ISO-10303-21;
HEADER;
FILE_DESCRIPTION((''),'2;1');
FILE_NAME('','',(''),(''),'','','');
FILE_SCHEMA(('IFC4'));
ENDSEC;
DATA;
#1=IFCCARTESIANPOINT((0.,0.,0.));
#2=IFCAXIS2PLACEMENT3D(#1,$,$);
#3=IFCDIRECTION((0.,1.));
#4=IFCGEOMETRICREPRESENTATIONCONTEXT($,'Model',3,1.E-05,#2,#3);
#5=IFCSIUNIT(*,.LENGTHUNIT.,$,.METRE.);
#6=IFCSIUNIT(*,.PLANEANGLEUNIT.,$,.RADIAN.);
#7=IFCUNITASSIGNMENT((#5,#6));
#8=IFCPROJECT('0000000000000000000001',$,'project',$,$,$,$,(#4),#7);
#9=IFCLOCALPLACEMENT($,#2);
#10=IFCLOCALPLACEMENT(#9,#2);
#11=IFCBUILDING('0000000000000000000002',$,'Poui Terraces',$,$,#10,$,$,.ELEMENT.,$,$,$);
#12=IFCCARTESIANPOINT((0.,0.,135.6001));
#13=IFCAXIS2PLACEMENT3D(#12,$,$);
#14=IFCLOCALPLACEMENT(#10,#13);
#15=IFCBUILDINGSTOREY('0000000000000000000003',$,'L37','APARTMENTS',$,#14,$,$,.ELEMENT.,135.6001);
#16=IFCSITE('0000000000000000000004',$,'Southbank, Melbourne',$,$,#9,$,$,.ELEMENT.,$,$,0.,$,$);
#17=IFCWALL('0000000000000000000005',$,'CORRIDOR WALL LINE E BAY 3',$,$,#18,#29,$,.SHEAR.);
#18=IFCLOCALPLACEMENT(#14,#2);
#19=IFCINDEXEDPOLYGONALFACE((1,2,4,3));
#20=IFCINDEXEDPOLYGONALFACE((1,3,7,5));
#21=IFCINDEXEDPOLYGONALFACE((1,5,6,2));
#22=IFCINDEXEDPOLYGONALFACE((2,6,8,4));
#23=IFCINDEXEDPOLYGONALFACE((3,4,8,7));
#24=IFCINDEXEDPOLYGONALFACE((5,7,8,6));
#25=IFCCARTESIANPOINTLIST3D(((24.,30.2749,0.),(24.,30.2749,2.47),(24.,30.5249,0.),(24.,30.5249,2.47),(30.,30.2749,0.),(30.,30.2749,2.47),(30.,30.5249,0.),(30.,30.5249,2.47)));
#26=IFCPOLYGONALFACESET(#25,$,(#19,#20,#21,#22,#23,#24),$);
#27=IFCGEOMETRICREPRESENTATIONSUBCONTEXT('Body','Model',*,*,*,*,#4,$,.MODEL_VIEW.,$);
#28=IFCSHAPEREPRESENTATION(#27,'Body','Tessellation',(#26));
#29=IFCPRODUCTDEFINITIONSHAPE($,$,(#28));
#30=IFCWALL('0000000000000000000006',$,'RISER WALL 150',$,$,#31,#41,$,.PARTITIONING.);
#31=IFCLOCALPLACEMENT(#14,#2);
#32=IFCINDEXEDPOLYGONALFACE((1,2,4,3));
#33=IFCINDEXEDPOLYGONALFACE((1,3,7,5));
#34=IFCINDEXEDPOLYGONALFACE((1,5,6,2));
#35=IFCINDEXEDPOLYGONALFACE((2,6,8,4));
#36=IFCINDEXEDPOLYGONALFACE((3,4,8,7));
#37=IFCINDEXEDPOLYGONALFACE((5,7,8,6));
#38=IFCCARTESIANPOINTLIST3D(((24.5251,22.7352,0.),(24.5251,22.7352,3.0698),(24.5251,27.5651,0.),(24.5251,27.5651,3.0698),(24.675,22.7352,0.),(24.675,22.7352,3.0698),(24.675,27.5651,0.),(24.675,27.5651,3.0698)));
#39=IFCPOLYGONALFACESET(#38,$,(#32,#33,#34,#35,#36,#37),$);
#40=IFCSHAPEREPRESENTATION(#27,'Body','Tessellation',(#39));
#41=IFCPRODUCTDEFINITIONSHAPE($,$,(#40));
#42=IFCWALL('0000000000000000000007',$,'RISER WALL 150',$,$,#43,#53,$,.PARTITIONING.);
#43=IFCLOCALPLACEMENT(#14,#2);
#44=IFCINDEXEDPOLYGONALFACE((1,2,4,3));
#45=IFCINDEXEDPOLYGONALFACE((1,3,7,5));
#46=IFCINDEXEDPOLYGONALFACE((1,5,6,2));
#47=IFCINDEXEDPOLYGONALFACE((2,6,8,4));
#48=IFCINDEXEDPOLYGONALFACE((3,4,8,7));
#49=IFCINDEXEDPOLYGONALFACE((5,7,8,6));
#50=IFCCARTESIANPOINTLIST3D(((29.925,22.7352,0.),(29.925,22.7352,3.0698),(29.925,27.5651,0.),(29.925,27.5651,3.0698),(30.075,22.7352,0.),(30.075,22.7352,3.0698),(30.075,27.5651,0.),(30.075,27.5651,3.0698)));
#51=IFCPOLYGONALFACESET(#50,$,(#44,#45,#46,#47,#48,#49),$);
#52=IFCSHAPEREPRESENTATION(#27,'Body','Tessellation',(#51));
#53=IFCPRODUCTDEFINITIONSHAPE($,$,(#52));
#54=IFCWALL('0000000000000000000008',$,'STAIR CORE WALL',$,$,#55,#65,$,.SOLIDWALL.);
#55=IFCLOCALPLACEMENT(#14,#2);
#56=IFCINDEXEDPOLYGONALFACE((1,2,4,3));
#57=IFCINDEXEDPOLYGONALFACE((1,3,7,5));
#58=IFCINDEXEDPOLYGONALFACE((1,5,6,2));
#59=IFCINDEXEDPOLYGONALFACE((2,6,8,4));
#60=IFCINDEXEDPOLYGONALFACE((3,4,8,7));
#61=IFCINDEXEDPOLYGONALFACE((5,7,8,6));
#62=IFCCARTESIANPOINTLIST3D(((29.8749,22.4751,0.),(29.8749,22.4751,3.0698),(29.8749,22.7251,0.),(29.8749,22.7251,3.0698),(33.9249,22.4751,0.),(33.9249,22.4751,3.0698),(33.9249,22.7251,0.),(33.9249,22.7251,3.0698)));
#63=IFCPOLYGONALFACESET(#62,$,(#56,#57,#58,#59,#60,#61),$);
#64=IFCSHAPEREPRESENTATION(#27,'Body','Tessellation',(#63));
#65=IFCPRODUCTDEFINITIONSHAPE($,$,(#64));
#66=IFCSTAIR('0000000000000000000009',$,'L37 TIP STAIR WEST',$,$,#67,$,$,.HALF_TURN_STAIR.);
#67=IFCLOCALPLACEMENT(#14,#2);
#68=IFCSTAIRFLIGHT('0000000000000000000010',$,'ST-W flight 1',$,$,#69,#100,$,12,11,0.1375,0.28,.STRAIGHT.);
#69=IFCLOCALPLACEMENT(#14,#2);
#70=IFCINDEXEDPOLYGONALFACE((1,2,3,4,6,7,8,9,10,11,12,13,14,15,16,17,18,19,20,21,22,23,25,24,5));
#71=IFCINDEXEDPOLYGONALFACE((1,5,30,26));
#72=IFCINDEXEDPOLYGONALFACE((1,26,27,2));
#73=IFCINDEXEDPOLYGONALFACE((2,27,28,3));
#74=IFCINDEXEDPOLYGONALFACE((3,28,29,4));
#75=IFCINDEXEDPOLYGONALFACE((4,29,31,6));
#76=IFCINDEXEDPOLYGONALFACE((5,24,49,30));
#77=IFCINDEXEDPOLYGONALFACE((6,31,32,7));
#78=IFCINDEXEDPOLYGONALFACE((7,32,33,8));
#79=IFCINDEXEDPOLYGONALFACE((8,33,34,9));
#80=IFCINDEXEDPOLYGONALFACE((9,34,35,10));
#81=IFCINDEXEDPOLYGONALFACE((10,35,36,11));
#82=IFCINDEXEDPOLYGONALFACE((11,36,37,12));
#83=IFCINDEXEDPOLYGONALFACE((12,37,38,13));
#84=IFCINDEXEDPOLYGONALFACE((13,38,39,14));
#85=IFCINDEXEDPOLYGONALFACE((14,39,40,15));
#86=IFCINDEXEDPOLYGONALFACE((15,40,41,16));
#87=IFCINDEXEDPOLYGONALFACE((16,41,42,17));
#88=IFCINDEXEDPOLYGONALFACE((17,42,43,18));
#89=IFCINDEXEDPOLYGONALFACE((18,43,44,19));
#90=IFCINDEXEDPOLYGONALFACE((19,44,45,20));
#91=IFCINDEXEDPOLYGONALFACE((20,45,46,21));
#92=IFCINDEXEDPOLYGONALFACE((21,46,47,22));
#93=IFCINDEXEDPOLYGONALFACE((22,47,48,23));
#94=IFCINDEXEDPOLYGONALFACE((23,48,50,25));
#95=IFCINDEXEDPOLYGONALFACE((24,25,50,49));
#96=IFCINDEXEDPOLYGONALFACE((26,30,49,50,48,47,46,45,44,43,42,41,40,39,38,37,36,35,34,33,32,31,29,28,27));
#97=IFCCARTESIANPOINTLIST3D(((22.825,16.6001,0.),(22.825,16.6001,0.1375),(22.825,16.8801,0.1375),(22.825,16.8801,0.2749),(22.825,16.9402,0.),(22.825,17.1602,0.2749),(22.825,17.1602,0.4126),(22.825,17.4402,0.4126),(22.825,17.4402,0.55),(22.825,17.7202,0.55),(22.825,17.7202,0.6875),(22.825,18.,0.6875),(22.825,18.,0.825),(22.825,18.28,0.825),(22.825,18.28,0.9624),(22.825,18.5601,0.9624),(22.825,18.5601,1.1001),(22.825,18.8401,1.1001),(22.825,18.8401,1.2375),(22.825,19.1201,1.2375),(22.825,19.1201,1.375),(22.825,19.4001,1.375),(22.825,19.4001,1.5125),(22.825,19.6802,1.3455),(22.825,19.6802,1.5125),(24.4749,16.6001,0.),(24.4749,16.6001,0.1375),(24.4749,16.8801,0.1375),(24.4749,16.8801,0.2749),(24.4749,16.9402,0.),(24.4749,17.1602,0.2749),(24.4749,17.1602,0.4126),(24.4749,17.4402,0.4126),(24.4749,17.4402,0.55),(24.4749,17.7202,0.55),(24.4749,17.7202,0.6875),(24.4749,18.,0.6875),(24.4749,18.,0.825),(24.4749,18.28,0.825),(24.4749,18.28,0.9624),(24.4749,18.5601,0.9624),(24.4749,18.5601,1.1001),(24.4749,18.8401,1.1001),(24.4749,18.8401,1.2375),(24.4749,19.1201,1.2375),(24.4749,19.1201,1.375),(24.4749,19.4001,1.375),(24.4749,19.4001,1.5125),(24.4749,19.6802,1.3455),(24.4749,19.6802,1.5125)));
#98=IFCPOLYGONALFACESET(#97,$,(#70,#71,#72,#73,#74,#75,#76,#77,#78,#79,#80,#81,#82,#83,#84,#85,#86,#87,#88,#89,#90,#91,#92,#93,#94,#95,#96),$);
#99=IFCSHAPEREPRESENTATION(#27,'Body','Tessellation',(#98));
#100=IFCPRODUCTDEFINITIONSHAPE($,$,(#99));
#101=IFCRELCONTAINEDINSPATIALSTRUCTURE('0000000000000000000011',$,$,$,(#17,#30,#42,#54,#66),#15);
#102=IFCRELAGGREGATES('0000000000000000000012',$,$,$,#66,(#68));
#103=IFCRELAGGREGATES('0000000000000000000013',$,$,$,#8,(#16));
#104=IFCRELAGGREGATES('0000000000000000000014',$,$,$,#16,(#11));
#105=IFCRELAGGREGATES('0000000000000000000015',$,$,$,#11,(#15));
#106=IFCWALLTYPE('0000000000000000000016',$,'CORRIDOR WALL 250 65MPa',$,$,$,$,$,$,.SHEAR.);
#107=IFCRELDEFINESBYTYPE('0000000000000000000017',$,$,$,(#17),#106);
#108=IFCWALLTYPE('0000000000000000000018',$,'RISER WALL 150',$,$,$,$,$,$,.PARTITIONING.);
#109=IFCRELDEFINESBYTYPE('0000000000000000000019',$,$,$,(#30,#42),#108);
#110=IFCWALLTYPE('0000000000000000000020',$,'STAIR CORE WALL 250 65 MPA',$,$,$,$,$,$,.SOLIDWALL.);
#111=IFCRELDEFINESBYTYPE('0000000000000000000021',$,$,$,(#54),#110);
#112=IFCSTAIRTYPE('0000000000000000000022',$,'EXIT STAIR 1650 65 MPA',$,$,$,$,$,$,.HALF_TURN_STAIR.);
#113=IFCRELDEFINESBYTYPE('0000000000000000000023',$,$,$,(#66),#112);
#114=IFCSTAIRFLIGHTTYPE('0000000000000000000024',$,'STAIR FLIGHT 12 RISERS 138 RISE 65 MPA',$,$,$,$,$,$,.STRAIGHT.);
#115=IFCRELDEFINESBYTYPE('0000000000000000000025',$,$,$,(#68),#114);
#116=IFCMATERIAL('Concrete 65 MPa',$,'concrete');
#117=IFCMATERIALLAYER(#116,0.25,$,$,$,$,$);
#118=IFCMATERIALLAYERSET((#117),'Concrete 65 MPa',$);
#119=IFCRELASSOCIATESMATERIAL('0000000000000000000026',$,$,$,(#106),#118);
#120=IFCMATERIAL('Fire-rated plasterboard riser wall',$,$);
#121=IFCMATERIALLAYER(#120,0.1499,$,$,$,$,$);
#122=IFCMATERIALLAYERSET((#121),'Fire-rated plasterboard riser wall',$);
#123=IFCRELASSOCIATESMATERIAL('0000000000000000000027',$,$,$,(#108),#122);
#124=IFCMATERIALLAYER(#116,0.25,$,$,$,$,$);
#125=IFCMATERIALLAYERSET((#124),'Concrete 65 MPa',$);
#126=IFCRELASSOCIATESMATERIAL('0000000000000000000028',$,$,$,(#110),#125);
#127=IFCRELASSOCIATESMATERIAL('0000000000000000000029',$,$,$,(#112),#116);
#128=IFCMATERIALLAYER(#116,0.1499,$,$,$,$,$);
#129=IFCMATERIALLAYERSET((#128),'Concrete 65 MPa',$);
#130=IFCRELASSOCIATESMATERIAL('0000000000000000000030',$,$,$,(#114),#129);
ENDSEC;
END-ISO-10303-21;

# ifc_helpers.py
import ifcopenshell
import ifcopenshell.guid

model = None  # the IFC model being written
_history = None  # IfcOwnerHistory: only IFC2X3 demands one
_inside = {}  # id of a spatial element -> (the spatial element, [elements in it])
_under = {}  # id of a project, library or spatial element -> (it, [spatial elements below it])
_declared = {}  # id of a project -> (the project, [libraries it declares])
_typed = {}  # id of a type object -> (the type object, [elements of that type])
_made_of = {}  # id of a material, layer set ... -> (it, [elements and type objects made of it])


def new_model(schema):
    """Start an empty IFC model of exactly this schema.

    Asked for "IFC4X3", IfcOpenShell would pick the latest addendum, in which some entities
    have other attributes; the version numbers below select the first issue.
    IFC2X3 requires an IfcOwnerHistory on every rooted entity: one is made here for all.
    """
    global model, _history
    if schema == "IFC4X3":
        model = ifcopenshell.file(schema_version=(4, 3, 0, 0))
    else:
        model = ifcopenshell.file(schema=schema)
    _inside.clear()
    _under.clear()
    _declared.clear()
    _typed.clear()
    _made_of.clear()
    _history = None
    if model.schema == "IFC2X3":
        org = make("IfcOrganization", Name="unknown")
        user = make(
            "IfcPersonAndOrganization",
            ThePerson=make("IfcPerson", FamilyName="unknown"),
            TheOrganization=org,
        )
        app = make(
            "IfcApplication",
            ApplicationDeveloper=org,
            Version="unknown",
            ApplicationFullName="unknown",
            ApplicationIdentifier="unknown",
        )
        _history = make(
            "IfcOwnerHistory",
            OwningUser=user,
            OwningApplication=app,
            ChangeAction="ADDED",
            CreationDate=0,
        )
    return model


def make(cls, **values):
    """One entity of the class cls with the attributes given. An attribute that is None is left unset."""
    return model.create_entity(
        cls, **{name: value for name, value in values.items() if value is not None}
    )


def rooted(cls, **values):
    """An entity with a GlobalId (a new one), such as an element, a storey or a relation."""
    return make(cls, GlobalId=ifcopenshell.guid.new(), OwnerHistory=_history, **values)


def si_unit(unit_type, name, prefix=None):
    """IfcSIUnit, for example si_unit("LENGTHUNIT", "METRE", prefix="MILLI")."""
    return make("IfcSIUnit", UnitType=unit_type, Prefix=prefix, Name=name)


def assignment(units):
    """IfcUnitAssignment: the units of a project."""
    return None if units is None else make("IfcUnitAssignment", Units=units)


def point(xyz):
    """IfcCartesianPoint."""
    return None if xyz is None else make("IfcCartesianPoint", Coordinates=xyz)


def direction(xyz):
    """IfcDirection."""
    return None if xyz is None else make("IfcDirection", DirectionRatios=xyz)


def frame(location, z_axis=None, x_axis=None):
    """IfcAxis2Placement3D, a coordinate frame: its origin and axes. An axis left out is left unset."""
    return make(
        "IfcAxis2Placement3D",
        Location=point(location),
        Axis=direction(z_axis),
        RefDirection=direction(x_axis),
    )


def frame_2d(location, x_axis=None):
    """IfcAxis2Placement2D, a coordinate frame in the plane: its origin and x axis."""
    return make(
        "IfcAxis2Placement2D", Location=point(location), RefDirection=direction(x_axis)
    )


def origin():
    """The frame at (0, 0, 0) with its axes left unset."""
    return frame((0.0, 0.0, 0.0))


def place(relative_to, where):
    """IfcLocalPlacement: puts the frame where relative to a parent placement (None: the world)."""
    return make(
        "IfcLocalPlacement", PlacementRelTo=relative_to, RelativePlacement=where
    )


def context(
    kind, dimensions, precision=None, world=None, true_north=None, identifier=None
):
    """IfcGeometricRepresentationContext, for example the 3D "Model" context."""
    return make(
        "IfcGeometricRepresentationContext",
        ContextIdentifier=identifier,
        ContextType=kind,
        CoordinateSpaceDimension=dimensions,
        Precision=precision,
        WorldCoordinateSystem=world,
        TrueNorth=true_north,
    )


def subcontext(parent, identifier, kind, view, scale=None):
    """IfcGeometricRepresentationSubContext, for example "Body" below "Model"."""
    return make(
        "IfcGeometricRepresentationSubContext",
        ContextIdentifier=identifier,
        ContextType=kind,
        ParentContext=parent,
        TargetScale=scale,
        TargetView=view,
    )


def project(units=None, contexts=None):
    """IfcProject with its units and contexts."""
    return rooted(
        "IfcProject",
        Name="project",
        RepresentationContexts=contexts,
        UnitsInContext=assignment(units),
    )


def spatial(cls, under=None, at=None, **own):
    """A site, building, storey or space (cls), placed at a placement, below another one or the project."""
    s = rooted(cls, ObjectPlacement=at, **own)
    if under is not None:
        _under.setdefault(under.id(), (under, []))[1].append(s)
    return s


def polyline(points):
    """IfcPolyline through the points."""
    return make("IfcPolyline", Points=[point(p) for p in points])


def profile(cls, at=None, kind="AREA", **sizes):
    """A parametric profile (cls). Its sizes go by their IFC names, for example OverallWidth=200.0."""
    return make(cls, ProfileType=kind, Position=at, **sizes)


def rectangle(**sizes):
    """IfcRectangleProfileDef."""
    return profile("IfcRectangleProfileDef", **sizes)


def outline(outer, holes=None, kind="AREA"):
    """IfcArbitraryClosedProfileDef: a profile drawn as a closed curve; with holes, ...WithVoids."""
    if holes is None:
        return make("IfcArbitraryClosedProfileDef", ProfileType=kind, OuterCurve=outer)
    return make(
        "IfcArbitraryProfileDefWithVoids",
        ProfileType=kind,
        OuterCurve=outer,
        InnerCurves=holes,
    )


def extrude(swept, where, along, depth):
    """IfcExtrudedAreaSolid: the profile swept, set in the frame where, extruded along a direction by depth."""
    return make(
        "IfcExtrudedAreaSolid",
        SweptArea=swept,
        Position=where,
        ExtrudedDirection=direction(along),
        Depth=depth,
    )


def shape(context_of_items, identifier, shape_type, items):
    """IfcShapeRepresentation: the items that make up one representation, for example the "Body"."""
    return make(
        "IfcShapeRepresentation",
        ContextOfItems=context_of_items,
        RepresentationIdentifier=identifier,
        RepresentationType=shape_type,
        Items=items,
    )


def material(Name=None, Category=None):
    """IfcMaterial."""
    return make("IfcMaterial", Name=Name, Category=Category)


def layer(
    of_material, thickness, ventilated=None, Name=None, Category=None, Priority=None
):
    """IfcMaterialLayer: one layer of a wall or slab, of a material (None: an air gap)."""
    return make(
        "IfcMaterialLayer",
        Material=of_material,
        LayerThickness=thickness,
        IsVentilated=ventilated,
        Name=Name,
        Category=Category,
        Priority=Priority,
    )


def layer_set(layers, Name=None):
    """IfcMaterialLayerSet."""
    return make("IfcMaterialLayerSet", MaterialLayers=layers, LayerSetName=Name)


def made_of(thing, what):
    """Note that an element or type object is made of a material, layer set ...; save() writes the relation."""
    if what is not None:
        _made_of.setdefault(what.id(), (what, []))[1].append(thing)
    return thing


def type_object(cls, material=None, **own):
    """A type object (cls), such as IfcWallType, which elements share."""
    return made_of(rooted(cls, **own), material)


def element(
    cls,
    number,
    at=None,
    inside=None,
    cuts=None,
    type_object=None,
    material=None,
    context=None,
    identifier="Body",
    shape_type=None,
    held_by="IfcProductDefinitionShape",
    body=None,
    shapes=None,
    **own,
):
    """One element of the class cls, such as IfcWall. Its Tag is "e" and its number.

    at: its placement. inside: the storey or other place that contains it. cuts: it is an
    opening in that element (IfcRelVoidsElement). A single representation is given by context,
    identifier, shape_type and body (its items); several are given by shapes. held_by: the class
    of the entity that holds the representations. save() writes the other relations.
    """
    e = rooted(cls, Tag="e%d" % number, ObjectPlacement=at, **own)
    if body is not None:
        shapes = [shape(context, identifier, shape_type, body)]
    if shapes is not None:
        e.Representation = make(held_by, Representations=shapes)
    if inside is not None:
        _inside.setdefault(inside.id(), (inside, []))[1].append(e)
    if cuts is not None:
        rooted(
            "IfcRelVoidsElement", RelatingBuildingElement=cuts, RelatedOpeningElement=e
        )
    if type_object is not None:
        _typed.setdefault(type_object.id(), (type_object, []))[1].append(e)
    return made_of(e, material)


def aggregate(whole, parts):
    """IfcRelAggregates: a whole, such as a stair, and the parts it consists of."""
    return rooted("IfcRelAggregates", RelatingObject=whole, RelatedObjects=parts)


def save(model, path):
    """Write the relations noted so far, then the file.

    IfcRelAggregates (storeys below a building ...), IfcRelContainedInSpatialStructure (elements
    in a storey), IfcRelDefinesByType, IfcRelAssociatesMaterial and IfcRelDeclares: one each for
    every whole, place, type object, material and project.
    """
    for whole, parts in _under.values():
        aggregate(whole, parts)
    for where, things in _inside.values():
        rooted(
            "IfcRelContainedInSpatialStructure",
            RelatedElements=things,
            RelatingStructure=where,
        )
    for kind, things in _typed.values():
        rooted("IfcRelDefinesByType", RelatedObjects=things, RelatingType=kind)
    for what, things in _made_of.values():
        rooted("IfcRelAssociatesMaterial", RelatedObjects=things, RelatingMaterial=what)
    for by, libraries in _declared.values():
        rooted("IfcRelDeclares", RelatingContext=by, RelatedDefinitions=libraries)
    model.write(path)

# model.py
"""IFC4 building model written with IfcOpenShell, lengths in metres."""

from ifc_helpers import new_model, si_unit, direction, frame, frame_2d, origin, place, context, subcontext, project, spatial, polyline, rectangle, outline, extrude, material, layer, layer_set, type_object, element, aggregate, save


model = new_model("IFC4")

# Units and contexts
model_context = context("Model", 3, precision=1e-05, world=origin(), true_north=direction((0.0, 1.0)))
body_context = subcontext(model_context, "Body", "Model", "MODEL_VIEW")
ifc_project = project(units=[si_unit("LENGTHUNIT", "METRE"), si_unit("PLANEANGLEUNIT", "RADIAN")], contexts=[model_context])

# Site, building, storey
site_placement = place(None, origin())
site = spatial("IfcSite", under=ifc_project, at=site_placement, Name="Southbank, Melbourne", CompositionType="ELEMENT", RefElevation=0.0)
building_placement = place(site_placement, origin())
building = spatial("IfcBuilding", under=site, at=building_placement, Name="Poui Terraces", CompositionType="ELEMENT")
storey_placement = place(building_placement, frame((0.0, 0.0, 135.6001)))
storey = spatial("IfcBuildingStorey", under=building, at=storey_placement, Name="L37", Description="APARTMENTS", CompositionType="ELEMENT", Elevation=135.6001)

# Walls
ifc_material_1 = material(Name="Concrete 65 MPa", Category="concrete")
ifc_layer_1 = layer(ifc_material_1, 0.25)
ifc_layer_set_1 = layer_set([ifc_layer_1], Name="Concrete 65 MPa")
wall_type_1 = type_object("IfcWallType", Name="CORRIDOR WALL 250 65MPa", PredefinedType="SHEAR", material=ifc_layer_set_1)
wall_1_placement = place(storey_placement, frame((24.0, 30.3999, 0.0), z_axis=(0.0, 0.0, 1.0), x_axis=(1.0, 0.0, 0.0)))
element("IfcWall", 1, at=wall_1_placement, inside=storey, type_object=wall_type_1, Name="CORRIDOR WALL LINE E BAY 3", PredefinedType="SHEAR", context=body_context, shape_type="SweptSolid", body=[
    extrude(rectangle(XDim=6.0, YDim=0.25, at=frame_2d((3.0, 0.0))), origin(), (0.0, 0.0, 1.0), 2.47),
])
ifc_material_2 = material(Name="Fire-rated plasterboard riser wall")
ifc_layer_2 = layer(ifc_material_2, 0.1499)
ifc_layer_set_2 = layer_set([ifc_layer_2], Name="Fire-rated plasterboard riser wall")
wall_type_2 = type_object("IfcWallType", Name="RISER WALL 150", PredefinedType="PARTITIONING", material=ifc_layer_set_2)
for number, where, z_axis, x_axis, name in (
    (2, (24.6001, 22.7351, 0.0), (0.0, 0.0, 1.0), (0.0, 1.0, 0.0), "RISER WALL 150"),
    (3, (30.0, 22.7351, 0.0), (0.0, 0.0, 1.0), (0.0, 1.0, 0.0), "RISER WALL 150"),
):
    element("IfcWall", number, at=place(storey_placement, frame(where, z_axis=z_axis, x_axis=x_axis)), inside=storey, type_object=wall_type_2, Name=name, PredefinedType="PARTITIONING", context=body_context, shape_type="SweptSolid", body=[
        extrude(rectangle(XDim=4.8298, YDim=0.1499, at=frame_2d((2.415, 0.0))), origin(), (0.0, 0.0, 1.0), 3.0698),
    ])
ifc_layer_3 = layer(ifc_material_1, 0.25)
ifc_layer_set_3 = layer_set([ifc_layer_3], Name="Concrete 65 MPa")
wall_type_3 = type_object("IfcWallType", Name="STAIR CORE WALL 250 65 MPA", PredefinedType="SOLIDWALL", material=ifc_layer_set_3)
wall_2_placement = place(storey_placement, frame((29.875, 22.6001, 0.0), z_axis=(0.0, 0.0, 1.0), x_axis=(1.0, 0.0, 0.0)))
element("IfcWall", 4, at=wall_2_placement, inside=storey, type_object=wall_type_3, Name="STAIR CORE WALL", PredefinedType="SOLIDWALL", context=body_context, shape_type="SweptSolid", body=[
    extrude(rectangle(XDim=4.05, YDim=0.25, at=frame_2d((2.0249, 0.0))), origin(), (0.0, 0.0, 1.0), 3.0698),
])

# Stair, stair flight
stair_type = type_object("IfcStairType", Name="EXIT STAIR 1650 65 MPA", PredefinedType="HALF_TURN_STAIR", material=ifc_material_1)
stair_placement = place(storey_placement, origin())
stair = element("IfcStair", 5, at=stair_placement, inside=storey, type_object=stair_type, Name="L37 TIP STAIR WEST", PredefinedType="HALF_TURN_STAIR")
ifc_layer_4 = layer(ifc_material_1, 0.1499)
ifc_layer_set_4 = layer_set([ifc_layer_4], Name="Concrete 65 MPa")
stair_flight_type = type_object("IfcStairFlightType", Name="STAIR FLIGHT 12 RISERS 138 RISE 65 MPA", PredefinedType="STRAIGHT", material=ifc_layer_set_4)
stair_flight_placement = place(storey_placement, frame((23.6499, 16.6001, 0.0), z_axis=(0.0, 0.0, 1.0), x_axis=(0.0, 1.0, 0.0)))
stair_flight = element("IfcStairFlight", 6, at=stair_flight_placement, type_object=stair_flight_type, Name="ST-W flight 1", NumberOfRisers=12, NumberOfTreads=11, PredefinedType="STRAIGHT", RiserHeight=0.1375, TreadLength=0.28, context=body_context, shape_type="SweptSolid", body=[
    extrude(outline(polyline([(0.0, 0.0), (0.0, 0.1375), (0.28, 0.1375), (0.28, 0.2749), (0.5601, 0.2749), (0.5601, 0.4126), (0.8401, 0.4126), (0.8401, 0.55), (1.1201, 0.55), (1.1201, 0.6875), (1.3999, 0.6875), (1.3999, 0.825), (1.6799, 0.825), (1.6799, 0.9624), (1.96, 0.9624), (1.96, 1.1001), (2.24, 1.1001), (2.24, 1.2375), (2.52, 1.2375), (2.52, 1.375), (2.8, 1.375), (2.8, 1.5125), (3.0801, 1.5125), (3.0801, 1.6499), (3.0801, 1.3455), (0.3401, 0.0), (0.0, 0.0)])), frame((0.0, 0.825, 0.0), z_axis=(0.0, -1.0, 0.0), x_axis=(1.0, 0.0, 0.0)), (0.0, 0.0, 1.0), 1.6499),
])
aggregate(stair, [stair_flight])

save(model, "model.ifc")
